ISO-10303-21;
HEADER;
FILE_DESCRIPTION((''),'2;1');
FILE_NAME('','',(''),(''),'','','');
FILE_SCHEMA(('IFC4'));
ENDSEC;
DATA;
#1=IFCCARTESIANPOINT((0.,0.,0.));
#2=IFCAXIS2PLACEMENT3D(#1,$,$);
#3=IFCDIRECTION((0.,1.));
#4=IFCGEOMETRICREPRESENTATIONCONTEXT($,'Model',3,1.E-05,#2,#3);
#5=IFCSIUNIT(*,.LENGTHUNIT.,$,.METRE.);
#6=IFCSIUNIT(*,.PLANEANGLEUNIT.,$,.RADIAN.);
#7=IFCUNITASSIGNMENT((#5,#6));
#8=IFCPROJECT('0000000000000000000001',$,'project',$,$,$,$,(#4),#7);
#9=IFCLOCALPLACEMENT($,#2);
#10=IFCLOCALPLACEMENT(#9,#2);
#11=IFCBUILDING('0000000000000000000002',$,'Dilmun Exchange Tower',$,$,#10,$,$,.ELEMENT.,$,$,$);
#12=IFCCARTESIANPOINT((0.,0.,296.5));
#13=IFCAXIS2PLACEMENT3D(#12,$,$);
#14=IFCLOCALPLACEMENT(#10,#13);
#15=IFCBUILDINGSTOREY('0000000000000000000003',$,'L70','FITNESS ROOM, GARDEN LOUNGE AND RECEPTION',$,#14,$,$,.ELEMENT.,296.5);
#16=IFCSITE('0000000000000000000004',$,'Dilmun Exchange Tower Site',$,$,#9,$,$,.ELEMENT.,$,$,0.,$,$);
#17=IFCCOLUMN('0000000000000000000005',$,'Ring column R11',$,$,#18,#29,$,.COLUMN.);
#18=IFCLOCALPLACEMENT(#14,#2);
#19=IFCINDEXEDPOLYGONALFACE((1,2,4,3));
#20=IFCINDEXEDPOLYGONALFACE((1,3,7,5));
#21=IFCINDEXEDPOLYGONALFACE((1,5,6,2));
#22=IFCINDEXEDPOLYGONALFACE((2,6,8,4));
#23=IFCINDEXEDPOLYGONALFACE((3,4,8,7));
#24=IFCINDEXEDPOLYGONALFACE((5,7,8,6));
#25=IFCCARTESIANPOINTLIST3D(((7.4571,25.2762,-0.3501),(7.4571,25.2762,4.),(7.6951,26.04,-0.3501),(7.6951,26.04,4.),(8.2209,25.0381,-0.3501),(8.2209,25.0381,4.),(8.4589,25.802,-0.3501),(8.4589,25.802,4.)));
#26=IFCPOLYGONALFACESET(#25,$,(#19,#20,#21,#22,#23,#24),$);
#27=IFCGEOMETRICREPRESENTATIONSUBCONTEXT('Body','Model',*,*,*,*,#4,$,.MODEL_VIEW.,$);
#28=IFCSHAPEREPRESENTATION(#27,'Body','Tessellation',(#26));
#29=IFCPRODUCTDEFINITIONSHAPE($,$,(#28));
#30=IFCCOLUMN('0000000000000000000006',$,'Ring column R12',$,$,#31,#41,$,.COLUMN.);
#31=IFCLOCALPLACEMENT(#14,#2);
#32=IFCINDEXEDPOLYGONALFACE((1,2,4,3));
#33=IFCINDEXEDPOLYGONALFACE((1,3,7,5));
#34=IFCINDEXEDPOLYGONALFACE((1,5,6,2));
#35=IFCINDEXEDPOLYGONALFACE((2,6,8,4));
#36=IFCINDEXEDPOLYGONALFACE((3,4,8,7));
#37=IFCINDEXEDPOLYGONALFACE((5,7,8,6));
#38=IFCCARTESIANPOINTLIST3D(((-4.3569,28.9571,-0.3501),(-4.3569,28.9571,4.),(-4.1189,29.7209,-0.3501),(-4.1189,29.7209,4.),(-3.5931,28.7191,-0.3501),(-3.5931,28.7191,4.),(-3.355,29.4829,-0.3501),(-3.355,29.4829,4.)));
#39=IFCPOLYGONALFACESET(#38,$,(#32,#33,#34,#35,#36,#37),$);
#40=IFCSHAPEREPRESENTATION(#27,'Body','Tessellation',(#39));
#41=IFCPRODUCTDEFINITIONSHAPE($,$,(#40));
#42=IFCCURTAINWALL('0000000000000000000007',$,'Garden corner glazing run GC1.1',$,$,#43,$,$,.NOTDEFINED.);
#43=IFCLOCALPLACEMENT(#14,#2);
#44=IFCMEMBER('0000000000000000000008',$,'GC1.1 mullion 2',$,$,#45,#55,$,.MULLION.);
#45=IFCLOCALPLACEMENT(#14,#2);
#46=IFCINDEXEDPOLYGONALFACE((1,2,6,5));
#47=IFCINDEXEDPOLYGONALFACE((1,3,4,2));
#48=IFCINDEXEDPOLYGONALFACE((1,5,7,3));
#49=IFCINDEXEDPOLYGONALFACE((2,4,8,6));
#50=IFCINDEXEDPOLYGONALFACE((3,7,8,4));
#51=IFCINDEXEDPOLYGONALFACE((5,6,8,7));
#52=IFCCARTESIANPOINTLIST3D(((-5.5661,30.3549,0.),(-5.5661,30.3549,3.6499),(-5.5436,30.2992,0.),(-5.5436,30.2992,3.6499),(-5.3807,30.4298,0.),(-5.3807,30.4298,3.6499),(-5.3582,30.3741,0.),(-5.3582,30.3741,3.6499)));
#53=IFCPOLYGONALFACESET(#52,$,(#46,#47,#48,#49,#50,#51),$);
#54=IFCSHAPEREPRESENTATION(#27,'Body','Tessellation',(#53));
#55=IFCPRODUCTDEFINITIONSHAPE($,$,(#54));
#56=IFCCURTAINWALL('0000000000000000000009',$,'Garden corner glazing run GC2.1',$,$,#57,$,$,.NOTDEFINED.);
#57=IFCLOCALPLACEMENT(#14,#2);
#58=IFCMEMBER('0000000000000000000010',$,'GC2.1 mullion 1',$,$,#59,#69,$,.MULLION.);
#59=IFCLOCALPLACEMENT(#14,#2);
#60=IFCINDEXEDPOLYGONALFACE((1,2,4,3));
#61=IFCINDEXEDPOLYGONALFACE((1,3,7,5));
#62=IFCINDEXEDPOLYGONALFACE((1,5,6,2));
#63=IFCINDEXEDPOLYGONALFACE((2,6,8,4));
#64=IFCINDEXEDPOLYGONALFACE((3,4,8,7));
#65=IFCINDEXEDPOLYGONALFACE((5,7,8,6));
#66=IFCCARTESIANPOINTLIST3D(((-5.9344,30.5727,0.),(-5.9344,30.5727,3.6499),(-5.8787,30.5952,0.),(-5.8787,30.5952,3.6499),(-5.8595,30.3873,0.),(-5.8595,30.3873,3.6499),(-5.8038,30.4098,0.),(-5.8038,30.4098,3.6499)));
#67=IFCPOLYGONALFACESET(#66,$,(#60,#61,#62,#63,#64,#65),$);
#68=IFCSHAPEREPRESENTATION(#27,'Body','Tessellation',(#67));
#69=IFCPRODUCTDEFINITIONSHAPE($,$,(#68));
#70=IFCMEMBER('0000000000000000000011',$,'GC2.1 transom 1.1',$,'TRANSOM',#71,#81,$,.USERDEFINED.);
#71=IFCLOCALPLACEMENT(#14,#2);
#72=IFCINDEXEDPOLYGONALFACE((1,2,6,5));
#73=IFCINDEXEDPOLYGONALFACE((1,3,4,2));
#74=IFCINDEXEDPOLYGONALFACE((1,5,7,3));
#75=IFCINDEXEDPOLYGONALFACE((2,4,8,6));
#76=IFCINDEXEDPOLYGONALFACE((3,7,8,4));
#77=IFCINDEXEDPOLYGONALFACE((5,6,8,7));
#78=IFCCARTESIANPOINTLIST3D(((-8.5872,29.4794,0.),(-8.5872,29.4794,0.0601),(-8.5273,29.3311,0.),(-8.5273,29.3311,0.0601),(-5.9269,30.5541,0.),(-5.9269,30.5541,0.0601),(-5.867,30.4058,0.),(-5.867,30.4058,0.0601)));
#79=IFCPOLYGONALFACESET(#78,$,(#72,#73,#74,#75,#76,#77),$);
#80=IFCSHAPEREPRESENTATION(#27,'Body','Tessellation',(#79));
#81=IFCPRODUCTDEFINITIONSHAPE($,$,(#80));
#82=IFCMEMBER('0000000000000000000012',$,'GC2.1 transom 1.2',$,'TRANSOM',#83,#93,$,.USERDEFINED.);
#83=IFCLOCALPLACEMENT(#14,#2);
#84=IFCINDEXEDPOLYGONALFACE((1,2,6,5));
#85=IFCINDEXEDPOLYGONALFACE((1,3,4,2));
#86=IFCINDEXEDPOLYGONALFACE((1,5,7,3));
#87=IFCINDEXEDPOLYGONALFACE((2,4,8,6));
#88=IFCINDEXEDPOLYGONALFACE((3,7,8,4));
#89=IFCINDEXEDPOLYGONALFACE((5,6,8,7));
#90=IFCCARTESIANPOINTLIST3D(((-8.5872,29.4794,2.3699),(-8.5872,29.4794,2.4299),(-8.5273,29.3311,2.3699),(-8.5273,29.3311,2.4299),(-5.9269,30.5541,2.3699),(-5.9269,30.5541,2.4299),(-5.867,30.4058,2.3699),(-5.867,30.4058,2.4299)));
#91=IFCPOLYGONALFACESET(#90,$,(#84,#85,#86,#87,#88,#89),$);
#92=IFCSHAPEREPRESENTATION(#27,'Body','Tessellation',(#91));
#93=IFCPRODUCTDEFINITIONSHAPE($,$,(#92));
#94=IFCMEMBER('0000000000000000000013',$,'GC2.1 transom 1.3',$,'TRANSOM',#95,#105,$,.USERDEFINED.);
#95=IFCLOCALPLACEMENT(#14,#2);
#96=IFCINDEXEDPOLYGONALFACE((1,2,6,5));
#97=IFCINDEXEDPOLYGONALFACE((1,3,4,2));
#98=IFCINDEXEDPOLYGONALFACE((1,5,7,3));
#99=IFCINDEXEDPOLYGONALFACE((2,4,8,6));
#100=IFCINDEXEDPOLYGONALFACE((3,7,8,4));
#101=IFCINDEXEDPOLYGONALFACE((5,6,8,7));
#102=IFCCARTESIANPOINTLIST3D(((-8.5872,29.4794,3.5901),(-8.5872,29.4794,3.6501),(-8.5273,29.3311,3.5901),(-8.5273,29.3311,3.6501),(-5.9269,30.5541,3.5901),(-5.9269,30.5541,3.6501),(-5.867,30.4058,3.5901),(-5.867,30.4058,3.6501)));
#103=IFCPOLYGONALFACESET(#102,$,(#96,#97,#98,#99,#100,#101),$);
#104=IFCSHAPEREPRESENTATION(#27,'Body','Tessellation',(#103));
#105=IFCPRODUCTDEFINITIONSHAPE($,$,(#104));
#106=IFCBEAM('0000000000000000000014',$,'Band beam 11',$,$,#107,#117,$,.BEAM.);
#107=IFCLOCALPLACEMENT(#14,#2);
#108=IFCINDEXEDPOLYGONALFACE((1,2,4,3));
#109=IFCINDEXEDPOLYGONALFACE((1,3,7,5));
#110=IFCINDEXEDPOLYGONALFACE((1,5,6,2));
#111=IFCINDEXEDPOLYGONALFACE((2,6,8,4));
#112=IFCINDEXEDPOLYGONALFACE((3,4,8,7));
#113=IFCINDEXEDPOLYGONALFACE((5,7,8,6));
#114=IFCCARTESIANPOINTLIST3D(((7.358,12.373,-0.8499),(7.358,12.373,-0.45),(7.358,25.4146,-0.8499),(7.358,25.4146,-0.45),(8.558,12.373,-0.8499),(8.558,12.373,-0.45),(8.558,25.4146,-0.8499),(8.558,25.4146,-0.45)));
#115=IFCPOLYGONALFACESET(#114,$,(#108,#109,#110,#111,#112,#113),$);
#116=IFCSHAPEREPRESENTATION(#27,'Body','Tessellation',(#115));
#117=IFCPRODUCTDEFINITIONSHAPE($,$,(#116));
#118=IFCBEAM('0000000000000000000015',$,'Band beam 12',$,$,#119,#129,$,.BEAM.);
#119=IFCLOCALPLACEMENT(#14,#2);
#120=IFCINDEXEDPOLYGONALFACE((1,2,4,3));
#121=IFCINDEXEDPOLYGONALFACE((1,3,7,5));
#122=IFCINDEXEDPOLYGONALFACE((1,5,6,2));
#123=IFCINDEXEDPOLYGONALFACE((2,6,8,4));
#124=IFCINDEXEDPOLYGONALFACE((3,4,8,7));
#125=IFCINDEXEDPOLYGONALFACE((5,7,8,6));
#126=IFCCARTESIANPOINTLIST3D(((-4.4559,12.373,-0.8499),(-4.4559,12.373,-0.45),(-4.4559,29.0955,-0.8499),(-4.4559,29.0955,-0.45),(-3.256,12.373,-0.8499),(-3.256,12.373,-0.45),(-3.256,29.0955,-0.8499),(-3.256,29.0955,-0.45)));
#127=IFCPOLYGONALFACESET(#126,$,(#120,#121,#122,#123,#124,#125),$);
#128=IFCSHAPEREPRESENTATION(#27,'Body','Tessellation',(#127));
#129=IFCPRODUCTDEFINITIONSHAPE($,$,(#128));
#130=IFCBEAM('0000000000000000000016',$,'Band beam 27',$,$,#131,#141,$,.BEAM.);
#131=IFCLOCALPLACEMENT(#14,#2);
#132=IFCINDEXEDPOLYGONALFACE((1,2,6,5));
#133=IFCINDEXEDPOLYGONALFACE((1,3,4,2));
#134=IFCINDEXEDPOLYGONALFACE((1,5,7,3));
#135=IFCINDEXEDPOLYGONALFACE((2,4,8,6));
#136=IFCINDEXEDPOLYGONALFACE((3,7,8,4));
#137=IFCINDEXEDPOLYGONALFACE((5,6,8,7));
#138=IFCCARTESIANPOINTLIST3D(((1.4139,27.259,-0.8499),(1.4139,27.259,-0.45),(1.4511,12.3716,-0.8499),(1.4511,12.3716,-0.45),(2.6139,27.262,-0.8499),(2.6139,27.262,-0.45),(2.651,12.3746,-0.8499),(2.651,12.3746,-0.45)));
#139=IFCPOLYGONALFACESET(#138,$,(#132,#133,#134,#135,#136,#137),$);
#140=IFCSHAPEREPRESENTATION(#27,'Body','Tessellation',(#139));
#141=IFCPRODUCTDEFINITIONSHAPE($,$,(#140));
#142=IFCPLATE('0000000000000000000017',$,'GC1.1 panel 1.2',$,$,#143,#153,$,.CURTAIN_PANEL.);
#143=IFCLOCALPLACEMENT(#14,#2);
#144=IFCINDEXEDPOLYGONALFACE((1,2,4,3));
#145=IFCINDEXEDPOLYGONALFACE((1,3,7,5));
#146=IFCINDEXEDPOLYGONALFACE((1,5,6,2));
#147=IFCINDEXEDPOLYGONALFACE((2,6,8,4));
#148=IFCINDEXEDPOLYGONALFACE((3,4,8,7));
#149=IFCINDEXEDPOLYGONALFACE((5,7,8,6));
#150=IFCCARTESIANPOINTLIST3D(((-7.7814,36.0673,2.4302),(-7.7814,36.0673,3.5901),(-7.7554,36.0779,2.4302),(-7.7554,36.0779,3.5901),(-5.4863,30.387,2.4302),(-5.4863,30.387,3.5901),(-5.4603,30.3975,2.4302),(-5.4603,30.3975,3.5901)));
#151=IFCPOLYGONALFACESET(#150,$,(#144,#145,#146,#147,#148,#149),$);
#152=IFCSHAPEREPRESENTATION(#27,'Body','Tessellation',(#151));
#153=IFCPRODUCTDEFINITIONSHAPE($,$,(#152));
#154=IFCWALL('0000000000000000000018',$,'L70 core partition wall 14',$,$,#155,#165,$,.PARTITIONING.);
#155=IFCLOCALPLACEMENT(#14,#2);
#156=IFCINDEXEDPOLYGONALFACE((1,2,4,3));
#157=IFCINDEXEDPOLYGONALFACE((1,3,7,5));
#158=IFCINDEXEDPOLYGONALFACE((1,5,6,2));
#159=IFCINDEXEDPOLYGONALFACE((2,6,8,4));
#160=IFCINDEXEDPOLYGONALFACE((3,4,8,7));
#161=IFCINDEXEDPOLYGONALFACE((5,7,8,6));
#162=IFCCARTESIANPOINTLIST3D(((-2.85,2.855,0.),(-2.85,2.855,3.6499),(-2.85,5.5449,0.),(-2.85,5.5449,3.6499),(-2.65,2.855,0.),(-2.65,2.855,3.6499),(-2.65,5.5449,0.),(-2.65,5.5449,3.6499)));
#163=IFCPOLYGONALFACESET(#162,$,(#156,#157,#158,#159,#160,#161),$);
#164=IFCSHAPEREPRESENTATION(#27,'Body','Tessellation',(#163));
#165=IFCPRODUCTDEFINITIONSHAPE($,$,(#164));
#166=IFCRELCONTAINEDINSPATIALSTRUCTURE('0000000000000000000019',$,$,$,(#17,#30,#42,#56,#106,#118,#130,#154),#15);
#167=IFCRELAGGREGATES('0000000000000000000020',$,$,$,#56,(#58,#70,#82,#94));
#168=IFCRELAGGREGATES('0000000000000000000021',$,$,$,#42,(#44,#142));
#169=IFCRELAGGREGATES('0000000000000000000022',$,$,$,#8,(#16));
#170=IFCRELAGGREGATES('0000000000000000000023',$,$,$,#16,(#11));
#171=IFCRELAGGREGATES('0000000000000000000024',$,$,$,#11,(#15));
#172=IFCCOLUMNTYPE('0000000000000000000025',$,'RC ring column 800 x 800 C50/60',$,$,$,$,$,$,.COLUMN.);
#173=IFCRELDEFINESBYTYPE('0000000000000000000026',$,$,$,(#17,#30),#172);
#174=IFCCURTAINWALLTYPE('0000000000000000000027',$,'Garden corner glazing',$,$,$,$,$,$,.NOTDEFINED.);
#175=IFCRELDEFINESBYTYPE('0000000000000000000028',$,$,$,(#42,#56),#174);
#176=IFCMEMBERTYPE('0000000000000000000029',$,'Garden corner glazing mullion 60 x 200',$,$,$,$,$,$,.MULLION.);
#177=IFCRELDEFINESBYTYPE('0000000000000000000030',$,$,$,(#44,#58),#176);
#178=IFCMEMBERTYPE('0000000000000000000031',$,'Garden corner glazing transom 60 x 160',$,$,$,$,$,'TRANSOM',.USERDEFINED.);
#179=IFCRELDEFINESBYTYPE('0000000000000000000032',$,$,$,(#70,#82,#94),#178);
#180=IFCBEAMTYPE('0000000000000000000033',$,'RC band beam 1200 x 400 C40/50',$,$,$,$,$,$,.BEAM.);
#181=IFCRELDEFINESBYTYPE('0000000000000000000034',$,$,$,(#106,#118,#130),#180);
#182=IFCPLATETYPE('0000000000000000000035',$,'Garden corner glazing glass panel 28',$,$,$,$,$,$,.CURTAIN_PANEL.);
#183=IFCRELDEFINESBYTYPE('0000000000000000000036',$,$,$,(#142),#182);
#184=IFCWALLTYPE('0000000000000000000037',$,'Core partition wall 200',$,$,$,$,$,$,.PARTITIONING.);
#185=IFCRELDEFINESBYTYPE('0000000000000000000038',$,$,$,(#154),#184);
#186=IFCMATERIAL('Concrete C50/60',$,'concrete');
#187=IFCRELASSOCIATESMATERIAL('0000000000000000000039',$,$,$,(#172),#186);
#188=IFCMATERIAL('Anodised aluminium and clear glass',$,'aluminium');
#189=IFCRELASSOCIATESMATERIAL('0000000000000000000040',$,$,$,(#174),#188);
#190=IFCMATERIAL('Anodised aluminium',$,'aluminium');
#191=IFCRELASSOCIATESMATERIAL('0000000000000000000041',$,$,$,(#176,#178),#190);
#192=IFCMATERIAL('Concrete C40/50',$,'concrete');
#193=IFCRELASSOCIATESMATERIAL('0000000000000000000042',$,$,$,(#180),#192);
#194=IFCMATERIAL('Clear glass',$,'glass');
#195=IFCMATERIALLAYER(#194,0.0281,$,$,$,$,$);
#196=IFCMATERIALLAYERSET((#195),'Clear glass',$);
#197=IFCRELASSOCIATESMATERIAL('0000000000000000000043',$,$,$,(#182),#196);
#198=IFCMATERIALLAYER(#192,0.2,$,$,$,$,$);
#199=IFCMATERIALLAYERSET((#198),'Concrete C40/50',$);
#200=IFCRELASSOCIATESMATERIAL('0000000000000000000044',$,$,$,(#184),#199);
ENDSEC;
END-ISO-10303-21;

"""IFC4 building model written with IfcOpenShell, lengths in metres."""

from ifc_helpers import new_model, si_unit, direction, frame, frame_2d, origin, origin_2d, place, context, subcontext, project, spatial, rectangle, extrude, material, layer, layer_set, material_profile, profile_set, type_object, element, aggregate, save


model = new_model("IFC4")

# Units and contexts
model_context = context("Model", 3, precision=1e-05, world=origin(), true_north=direction((0.0, 1.0)))
body_context = subcontext(model_context, "Body", "Model", "MODEL_VIEW")
ifc_project = project(units=[si_unit("LENGTHUNIT", "METRE"), si_unit("PLANEANGLEUNIT", "RADIAN")], contexts=[model_context])

# Site, building, storey
site_placement = place(None, origin())
site = spatial("IfcSite", under=ifc_project, at=site_placement, Name="Dilmun Exchange Tower Site", CompositionType="ELEMENT", RefElevation=0.0)
building_placement = place(site_placement, origin())
building = spatial("IfcBuilding", under=site, at=building_placement, Name="Dilmun Exchange Tower", CompositionType="ELEMENT")
storey_placement = place(building_placement, frame((0.0, 0.0, 296.5)))
storey = spatial("IfcBuildingStorey", under=building, at=storey_placement, Name="L70", Description="FITNESS ROOM, GARDEN LOUNGE AND RECEPTION", CompositionType="ELEMENT", Elevation=296.5)

# Columns
ifc_material_1 = material(Name="Concrete C50/60", Category="concrete")
ifc_material_profile_1 = material_profile(ifc_material_1, rectangle(XDim=0.8, YDim=0.8, at=origin_2d()), Name="800 x 800")
ifc_profile_set_1 = profile_set([ifc_material_profile_1], Name="Concrete C50/60")
column_type = type_object("IfcColumnType", Name="RC ring column 800 x 800 C50/60", PredefinedType="COLUMN", material=ifc_profile_set_1)
for number, where, z_axis, x_axis, name in (
    (1, (7.958, 25.5391, -0.3501), (0.0, 0.0, 1.0), (0.297503, 0.954721, 0.0), "Ring column R11"),
    (2, (-3.856, 29.22, -0.3501), (0.0, 0.0, 1.0), (0.297503, 0.954721, 0.0), "Ring column R12"),
):
    element("IfcColumn", number, at=place(storey_placement, frame(where, z_axis=z_axis, x_axis=x_axis)), inside=storey, type_object=column_type, Name=name, PredefinedType="COLUMN", context=body_context, shape_type="SweptSolid", body=[
        extrude(rectangle(XDim=0.8, YDim=0.8, at=origin_2d()), origin(), (0.0, 0.0, 1.0), 4.3501),
    ])

# Curtain wall, member
ifc_material_2 = material(Name="Anodised aluminium and clear glass", Category="aluminium")
curtain_wall_type = type_object("IfcCurtainWallType", Name="Garden corner glazing", PredefinedType="NOTDEFINED", material=ifc_material_2)
curtain_wall_1_placement = place(storey_placement, origin())
curtain_wall_1 = element("IfcCurtainWall", 3, at=curtain_wall_1_placement, inside=storey, type_object=curtain_wall_type, Name="Garden corner glazing run GC1.1", PredefinedType="NOTDEFINED")
ifc_material_3 = material(Name="Anodised aluminium", Category="aluminium")
ifc_material_profile_2 = material_profile(ifc_material_3, rectangle(XDim=0.2, YDim=0.0601, at=origin_2d()), Name="AL 60x200")
ifc_profile_set_2 = profile_set([ifc_material_profile_2], Name="Anodised aluminium")
member_type_1 = type_object("IfcMemberType", Name="Garden corner glazing mullion 60 x 200", PredefinedType="MULLION", material=ifc_profile_set_2)
member_1_placement = place(storey_placement, frame((-5.4622, 30.3645, 0.0), z_axis=(0.0, 0.0, 1.0), x_axis=(0.927182, 0.374612, 0.0)))
member_1 = element("IfcMember", 4, at=member_1_placement, type_object=member_type_1, Name="GC1.1 mullion 2", PredefinedType="MULLION", context=body_context, shape_type="SweptSolid", body=[
    extrude(rectangle(XDim=0.2, YDim=0.0601, at=origin_2d()), origin(), (0.0, 0.0, 1.0), 3.6499),
])

# Curtain wall, members
curtain_wall_2_placement = place(storey_placement, origin())
curtain_wall_2 = element("IfcCurtainWall", 5, at=curtain_wall_2_placement, inside=storey, type_object=curtain_wall_type, Name="Garden corner glazing run GC2.1", PredefinedType="NOTDEFINED")
member_2_placement = place(storey_placement, frame((-5.8691, 30.4912, 0.0), z_axis=(0.0, 0.0, 1.0), x_axis=(0.37459, -0.927191, 0.0)))
member_2 = element("IfcMember", 6, at=member_2_placement, type_object=member_type_1, Name="GC2.1 mullion 1", PredefinedType="MULLION", context=body_context, shape_type="SweptSolid", body=[
    extrude(rectangle(XDim=0.2, YDim=0.0601, at=origin_2d()), origin(), (0.0, 0.0, 1.0), 3.6499),
])
ifc_material_profile_3 = material_profile(ifc_material_3, rectangle(XDim=0.1599, YDim=0.0601, at=origin_2d()), Name="AL 60x160")
ifc_profile_set_3 = profile_set([ifc_material_profile_3], Name="Anodised aluminium")
member_type_2 = type_object("IfcMemberType", Name="Garden corner glazing transom 60 x 160", ElementType="TRANSOM", PredefinedType="USERDEFINED", material=ifc_profile_set_3)
member_3_placement = place(storey_placement, frame((-5.897, 30.48, 0.03), z_axis=(-0.927192, -0.374587, 0.0), x_axis=(0.374587, -0.927192, 0.0)))
member_3 = element("IfcMember", 7, at=member_3_placement, type_object=member_type_2, Name="GC2.1 transom 1.1", ObjectType="TRANSOM", PredefinedType="USERDEFINED", context=body_context, shape_type="SweptSolid", body=[
    extrude(rectangle(XDim=0.1599, YDim=0.0601, at=origin_2d()), origin(), (0.0, 0.0, 1.0), 2.8691),
])
member_4_placement = place(storey_placement, frame((-5.897, 30.48, 2.3999), z_axis=(-0.927192, -0.374587, 0.0), x_axis=(0.374587, -0.927192, 0.0)))
member_4 = element("IfcMember", 8, at=member_4_placement, type_object=member_type_2, Name="GC2.1 transom 1.2", ObjectType="TRANSOM", PredefinedType="USERDEFINED", context=body_context, shape_type="SweptSolid", body=[
    extrude(rectangle(XDim=0.1599, YDim=0.0601, at=origin_2d()), origin(), (0.0, 0.0, 1.0), 2.8691),
])
member_5_placement = place(storey_placement, frame((-5.897, 30.48, 3.6201), z_axis=(-0.927192, -0.374587, 0.0), x_axis=(0.374587, -0.927192, 0.0)))
member_5 = element("IfcMember", 9, at=member_5_placement, type_object=member_type_2, Name="GC2.1 transom 1.3", ObjectType="TRANSOM", PredefinedType="USERDEFINED", context=body_context, shape_type="SweptSolid", body=[
    extrude(rectangle(XDim=0.1599, YDim=0.0601, at=origin_2d()), origin(), (0.0, 0.0, 1.0), 2.8691),
])
aggregate(curtain_wall_2, [member_2, member_3, member_4, member_5])

# Beams
ifc_material_4 = material(Name="Concrete C40/50", Category="concrete")
ifc_material_profile_4 = material_profile(ifc_material_4, rectangle(XDim=1.2, YDim=0.3999, at=origin_2d()), Name="1200 x 400")
ifc_profile_set_4 = profile_set([ifc_material_profile_4], Name="Concrete C40/50")
beam_type = type_object("IfcBeamType", Name="RC band beam 1200 x 400 C40/50", PredefinedType="BEAM", material=ifc_profile_set_4)
beam_1_placement = place(storey_placement, frame((7.958, 25.4146, -0.6499), z_axis=(0.0, -1.0, 0.0), x_axis=(1.0, 0.0, 0.0)))
element("IfcBeam", 10, at=beam_1_placement, inside=storey, type_object=beam_type, Name="Band beam 11", PredefinedType="BEAM", context=body_context, shape_type="SweptSolid", body=[
    extrude(rectangle(XDim=1.2, YDim=0.3999, at=origin_2d()), origin(), (0.0, 0.0, 1.0), 13.0415),
])
beam_2_placement = place(storey_placement, frame((-3.856, 29.0955, -0.6499), z_axis=(0.0, -1.0, 0.0), x_axis=(1.0, 0.0, 0.0)))
element("IfcBeam", 11, at=beam_2_placement, inside=storey, type_object=beam_type, Name="Band beam 12", PredefinedType="BEAM", context=body_context, shape_type="SweptSolid", body=[
    extrude(rectangle(XDim=1.2, YDim=0.3999, at=origin_2d()), origin(), (0.0, 0.0, 1.0), 16.7224),
])
beam_3_placement = place(storey_placement, frame((2.0139, 27.2605, -0.6499), z_axis=(0.002493, -0.999997, 0.0), x_axis=(0.999997, 0.002493, 0.0)))
element("IfcBeam", 12, at=beam_3_placement, inside=storey, type_object=beam_type, Name="Band beam 27", PredefinedType="BEAM", context=body_context, shape_type="SweptSolid", body=[
    extrude(rectangle(XDim=1.2, YDim=0.3999, at=origin_2d()), origin(), (0.0, 0.0, 1.0), 14.8875),
])

# Plate
ifc_material_5 = material(Name="Clear glass", Category="glass")
ifc_layer_1 = layer(ifc_material_5, 0.0281)
ifc_layer_set_1 = layer_set([ifc_layer_1], Name="Clear glass")
plate_type = type_object("IfcPlateType", Name="Garden corner glazing glass panel 28", PredefinedType="CURTAIN_PANEL", material=ifc_layer_set_1)
plate_placement = place(storey_placement, frame((-6.6208, 33.2324, 2.4302), z_axis=(0.0, 0.0, 1.0), x_axis=(0.374612, -0.927182, 0.0)))
plate = element("IfcPlate", 13, at=plate_placement, type_object=plate_type, Name="GC1.1 panel 1.2", PredefinedType="CURTAIN_PANEL", context=body_context, shape_type="SweptSolid", body=[
    extrude(rectangle(XDim=6.1265, YDim=0.0281, at=origin_2d()), origin(), (0.0, 0.0, 1.0), 1.1599),
])
aggregate(curtain_wall_1, [member_1, plate])

# Wall
ifc_layer_2 = layer(ifc_material_4, 0.2)
ifc_layer_set_2 = layer_set([ifc_layer_2], Name="Concrete C40/50")
wall_type_1 = type_object("IfcWallType", Name="Core partition wall 200", PredefinedType="PARTITIONING", material=ifc_layer_set_2)
wall_1_placement = place(storey_placement, frame((-2.75, 2.855, 0.0), z_axis=(0.0, 0.0, 1.0), x_axis=(0.0, 1.0, 0.0)))
element("IfcWall", 14, at=wall_1_placement, inside=storey, type_object=wall_type_1, Name="L70 core partition wall 14", PredefinedType="PARTITIONING", context=body_context, shape_type="SweptSolid", body=[
    extrude(rectangle(XDim=2.6899, YDim=0.2, at=frame_2d((1.345, 0.0))), origin(), (0.0, 0.0, 1.0), 3.6499),
])

save(model, "model.ifc")
